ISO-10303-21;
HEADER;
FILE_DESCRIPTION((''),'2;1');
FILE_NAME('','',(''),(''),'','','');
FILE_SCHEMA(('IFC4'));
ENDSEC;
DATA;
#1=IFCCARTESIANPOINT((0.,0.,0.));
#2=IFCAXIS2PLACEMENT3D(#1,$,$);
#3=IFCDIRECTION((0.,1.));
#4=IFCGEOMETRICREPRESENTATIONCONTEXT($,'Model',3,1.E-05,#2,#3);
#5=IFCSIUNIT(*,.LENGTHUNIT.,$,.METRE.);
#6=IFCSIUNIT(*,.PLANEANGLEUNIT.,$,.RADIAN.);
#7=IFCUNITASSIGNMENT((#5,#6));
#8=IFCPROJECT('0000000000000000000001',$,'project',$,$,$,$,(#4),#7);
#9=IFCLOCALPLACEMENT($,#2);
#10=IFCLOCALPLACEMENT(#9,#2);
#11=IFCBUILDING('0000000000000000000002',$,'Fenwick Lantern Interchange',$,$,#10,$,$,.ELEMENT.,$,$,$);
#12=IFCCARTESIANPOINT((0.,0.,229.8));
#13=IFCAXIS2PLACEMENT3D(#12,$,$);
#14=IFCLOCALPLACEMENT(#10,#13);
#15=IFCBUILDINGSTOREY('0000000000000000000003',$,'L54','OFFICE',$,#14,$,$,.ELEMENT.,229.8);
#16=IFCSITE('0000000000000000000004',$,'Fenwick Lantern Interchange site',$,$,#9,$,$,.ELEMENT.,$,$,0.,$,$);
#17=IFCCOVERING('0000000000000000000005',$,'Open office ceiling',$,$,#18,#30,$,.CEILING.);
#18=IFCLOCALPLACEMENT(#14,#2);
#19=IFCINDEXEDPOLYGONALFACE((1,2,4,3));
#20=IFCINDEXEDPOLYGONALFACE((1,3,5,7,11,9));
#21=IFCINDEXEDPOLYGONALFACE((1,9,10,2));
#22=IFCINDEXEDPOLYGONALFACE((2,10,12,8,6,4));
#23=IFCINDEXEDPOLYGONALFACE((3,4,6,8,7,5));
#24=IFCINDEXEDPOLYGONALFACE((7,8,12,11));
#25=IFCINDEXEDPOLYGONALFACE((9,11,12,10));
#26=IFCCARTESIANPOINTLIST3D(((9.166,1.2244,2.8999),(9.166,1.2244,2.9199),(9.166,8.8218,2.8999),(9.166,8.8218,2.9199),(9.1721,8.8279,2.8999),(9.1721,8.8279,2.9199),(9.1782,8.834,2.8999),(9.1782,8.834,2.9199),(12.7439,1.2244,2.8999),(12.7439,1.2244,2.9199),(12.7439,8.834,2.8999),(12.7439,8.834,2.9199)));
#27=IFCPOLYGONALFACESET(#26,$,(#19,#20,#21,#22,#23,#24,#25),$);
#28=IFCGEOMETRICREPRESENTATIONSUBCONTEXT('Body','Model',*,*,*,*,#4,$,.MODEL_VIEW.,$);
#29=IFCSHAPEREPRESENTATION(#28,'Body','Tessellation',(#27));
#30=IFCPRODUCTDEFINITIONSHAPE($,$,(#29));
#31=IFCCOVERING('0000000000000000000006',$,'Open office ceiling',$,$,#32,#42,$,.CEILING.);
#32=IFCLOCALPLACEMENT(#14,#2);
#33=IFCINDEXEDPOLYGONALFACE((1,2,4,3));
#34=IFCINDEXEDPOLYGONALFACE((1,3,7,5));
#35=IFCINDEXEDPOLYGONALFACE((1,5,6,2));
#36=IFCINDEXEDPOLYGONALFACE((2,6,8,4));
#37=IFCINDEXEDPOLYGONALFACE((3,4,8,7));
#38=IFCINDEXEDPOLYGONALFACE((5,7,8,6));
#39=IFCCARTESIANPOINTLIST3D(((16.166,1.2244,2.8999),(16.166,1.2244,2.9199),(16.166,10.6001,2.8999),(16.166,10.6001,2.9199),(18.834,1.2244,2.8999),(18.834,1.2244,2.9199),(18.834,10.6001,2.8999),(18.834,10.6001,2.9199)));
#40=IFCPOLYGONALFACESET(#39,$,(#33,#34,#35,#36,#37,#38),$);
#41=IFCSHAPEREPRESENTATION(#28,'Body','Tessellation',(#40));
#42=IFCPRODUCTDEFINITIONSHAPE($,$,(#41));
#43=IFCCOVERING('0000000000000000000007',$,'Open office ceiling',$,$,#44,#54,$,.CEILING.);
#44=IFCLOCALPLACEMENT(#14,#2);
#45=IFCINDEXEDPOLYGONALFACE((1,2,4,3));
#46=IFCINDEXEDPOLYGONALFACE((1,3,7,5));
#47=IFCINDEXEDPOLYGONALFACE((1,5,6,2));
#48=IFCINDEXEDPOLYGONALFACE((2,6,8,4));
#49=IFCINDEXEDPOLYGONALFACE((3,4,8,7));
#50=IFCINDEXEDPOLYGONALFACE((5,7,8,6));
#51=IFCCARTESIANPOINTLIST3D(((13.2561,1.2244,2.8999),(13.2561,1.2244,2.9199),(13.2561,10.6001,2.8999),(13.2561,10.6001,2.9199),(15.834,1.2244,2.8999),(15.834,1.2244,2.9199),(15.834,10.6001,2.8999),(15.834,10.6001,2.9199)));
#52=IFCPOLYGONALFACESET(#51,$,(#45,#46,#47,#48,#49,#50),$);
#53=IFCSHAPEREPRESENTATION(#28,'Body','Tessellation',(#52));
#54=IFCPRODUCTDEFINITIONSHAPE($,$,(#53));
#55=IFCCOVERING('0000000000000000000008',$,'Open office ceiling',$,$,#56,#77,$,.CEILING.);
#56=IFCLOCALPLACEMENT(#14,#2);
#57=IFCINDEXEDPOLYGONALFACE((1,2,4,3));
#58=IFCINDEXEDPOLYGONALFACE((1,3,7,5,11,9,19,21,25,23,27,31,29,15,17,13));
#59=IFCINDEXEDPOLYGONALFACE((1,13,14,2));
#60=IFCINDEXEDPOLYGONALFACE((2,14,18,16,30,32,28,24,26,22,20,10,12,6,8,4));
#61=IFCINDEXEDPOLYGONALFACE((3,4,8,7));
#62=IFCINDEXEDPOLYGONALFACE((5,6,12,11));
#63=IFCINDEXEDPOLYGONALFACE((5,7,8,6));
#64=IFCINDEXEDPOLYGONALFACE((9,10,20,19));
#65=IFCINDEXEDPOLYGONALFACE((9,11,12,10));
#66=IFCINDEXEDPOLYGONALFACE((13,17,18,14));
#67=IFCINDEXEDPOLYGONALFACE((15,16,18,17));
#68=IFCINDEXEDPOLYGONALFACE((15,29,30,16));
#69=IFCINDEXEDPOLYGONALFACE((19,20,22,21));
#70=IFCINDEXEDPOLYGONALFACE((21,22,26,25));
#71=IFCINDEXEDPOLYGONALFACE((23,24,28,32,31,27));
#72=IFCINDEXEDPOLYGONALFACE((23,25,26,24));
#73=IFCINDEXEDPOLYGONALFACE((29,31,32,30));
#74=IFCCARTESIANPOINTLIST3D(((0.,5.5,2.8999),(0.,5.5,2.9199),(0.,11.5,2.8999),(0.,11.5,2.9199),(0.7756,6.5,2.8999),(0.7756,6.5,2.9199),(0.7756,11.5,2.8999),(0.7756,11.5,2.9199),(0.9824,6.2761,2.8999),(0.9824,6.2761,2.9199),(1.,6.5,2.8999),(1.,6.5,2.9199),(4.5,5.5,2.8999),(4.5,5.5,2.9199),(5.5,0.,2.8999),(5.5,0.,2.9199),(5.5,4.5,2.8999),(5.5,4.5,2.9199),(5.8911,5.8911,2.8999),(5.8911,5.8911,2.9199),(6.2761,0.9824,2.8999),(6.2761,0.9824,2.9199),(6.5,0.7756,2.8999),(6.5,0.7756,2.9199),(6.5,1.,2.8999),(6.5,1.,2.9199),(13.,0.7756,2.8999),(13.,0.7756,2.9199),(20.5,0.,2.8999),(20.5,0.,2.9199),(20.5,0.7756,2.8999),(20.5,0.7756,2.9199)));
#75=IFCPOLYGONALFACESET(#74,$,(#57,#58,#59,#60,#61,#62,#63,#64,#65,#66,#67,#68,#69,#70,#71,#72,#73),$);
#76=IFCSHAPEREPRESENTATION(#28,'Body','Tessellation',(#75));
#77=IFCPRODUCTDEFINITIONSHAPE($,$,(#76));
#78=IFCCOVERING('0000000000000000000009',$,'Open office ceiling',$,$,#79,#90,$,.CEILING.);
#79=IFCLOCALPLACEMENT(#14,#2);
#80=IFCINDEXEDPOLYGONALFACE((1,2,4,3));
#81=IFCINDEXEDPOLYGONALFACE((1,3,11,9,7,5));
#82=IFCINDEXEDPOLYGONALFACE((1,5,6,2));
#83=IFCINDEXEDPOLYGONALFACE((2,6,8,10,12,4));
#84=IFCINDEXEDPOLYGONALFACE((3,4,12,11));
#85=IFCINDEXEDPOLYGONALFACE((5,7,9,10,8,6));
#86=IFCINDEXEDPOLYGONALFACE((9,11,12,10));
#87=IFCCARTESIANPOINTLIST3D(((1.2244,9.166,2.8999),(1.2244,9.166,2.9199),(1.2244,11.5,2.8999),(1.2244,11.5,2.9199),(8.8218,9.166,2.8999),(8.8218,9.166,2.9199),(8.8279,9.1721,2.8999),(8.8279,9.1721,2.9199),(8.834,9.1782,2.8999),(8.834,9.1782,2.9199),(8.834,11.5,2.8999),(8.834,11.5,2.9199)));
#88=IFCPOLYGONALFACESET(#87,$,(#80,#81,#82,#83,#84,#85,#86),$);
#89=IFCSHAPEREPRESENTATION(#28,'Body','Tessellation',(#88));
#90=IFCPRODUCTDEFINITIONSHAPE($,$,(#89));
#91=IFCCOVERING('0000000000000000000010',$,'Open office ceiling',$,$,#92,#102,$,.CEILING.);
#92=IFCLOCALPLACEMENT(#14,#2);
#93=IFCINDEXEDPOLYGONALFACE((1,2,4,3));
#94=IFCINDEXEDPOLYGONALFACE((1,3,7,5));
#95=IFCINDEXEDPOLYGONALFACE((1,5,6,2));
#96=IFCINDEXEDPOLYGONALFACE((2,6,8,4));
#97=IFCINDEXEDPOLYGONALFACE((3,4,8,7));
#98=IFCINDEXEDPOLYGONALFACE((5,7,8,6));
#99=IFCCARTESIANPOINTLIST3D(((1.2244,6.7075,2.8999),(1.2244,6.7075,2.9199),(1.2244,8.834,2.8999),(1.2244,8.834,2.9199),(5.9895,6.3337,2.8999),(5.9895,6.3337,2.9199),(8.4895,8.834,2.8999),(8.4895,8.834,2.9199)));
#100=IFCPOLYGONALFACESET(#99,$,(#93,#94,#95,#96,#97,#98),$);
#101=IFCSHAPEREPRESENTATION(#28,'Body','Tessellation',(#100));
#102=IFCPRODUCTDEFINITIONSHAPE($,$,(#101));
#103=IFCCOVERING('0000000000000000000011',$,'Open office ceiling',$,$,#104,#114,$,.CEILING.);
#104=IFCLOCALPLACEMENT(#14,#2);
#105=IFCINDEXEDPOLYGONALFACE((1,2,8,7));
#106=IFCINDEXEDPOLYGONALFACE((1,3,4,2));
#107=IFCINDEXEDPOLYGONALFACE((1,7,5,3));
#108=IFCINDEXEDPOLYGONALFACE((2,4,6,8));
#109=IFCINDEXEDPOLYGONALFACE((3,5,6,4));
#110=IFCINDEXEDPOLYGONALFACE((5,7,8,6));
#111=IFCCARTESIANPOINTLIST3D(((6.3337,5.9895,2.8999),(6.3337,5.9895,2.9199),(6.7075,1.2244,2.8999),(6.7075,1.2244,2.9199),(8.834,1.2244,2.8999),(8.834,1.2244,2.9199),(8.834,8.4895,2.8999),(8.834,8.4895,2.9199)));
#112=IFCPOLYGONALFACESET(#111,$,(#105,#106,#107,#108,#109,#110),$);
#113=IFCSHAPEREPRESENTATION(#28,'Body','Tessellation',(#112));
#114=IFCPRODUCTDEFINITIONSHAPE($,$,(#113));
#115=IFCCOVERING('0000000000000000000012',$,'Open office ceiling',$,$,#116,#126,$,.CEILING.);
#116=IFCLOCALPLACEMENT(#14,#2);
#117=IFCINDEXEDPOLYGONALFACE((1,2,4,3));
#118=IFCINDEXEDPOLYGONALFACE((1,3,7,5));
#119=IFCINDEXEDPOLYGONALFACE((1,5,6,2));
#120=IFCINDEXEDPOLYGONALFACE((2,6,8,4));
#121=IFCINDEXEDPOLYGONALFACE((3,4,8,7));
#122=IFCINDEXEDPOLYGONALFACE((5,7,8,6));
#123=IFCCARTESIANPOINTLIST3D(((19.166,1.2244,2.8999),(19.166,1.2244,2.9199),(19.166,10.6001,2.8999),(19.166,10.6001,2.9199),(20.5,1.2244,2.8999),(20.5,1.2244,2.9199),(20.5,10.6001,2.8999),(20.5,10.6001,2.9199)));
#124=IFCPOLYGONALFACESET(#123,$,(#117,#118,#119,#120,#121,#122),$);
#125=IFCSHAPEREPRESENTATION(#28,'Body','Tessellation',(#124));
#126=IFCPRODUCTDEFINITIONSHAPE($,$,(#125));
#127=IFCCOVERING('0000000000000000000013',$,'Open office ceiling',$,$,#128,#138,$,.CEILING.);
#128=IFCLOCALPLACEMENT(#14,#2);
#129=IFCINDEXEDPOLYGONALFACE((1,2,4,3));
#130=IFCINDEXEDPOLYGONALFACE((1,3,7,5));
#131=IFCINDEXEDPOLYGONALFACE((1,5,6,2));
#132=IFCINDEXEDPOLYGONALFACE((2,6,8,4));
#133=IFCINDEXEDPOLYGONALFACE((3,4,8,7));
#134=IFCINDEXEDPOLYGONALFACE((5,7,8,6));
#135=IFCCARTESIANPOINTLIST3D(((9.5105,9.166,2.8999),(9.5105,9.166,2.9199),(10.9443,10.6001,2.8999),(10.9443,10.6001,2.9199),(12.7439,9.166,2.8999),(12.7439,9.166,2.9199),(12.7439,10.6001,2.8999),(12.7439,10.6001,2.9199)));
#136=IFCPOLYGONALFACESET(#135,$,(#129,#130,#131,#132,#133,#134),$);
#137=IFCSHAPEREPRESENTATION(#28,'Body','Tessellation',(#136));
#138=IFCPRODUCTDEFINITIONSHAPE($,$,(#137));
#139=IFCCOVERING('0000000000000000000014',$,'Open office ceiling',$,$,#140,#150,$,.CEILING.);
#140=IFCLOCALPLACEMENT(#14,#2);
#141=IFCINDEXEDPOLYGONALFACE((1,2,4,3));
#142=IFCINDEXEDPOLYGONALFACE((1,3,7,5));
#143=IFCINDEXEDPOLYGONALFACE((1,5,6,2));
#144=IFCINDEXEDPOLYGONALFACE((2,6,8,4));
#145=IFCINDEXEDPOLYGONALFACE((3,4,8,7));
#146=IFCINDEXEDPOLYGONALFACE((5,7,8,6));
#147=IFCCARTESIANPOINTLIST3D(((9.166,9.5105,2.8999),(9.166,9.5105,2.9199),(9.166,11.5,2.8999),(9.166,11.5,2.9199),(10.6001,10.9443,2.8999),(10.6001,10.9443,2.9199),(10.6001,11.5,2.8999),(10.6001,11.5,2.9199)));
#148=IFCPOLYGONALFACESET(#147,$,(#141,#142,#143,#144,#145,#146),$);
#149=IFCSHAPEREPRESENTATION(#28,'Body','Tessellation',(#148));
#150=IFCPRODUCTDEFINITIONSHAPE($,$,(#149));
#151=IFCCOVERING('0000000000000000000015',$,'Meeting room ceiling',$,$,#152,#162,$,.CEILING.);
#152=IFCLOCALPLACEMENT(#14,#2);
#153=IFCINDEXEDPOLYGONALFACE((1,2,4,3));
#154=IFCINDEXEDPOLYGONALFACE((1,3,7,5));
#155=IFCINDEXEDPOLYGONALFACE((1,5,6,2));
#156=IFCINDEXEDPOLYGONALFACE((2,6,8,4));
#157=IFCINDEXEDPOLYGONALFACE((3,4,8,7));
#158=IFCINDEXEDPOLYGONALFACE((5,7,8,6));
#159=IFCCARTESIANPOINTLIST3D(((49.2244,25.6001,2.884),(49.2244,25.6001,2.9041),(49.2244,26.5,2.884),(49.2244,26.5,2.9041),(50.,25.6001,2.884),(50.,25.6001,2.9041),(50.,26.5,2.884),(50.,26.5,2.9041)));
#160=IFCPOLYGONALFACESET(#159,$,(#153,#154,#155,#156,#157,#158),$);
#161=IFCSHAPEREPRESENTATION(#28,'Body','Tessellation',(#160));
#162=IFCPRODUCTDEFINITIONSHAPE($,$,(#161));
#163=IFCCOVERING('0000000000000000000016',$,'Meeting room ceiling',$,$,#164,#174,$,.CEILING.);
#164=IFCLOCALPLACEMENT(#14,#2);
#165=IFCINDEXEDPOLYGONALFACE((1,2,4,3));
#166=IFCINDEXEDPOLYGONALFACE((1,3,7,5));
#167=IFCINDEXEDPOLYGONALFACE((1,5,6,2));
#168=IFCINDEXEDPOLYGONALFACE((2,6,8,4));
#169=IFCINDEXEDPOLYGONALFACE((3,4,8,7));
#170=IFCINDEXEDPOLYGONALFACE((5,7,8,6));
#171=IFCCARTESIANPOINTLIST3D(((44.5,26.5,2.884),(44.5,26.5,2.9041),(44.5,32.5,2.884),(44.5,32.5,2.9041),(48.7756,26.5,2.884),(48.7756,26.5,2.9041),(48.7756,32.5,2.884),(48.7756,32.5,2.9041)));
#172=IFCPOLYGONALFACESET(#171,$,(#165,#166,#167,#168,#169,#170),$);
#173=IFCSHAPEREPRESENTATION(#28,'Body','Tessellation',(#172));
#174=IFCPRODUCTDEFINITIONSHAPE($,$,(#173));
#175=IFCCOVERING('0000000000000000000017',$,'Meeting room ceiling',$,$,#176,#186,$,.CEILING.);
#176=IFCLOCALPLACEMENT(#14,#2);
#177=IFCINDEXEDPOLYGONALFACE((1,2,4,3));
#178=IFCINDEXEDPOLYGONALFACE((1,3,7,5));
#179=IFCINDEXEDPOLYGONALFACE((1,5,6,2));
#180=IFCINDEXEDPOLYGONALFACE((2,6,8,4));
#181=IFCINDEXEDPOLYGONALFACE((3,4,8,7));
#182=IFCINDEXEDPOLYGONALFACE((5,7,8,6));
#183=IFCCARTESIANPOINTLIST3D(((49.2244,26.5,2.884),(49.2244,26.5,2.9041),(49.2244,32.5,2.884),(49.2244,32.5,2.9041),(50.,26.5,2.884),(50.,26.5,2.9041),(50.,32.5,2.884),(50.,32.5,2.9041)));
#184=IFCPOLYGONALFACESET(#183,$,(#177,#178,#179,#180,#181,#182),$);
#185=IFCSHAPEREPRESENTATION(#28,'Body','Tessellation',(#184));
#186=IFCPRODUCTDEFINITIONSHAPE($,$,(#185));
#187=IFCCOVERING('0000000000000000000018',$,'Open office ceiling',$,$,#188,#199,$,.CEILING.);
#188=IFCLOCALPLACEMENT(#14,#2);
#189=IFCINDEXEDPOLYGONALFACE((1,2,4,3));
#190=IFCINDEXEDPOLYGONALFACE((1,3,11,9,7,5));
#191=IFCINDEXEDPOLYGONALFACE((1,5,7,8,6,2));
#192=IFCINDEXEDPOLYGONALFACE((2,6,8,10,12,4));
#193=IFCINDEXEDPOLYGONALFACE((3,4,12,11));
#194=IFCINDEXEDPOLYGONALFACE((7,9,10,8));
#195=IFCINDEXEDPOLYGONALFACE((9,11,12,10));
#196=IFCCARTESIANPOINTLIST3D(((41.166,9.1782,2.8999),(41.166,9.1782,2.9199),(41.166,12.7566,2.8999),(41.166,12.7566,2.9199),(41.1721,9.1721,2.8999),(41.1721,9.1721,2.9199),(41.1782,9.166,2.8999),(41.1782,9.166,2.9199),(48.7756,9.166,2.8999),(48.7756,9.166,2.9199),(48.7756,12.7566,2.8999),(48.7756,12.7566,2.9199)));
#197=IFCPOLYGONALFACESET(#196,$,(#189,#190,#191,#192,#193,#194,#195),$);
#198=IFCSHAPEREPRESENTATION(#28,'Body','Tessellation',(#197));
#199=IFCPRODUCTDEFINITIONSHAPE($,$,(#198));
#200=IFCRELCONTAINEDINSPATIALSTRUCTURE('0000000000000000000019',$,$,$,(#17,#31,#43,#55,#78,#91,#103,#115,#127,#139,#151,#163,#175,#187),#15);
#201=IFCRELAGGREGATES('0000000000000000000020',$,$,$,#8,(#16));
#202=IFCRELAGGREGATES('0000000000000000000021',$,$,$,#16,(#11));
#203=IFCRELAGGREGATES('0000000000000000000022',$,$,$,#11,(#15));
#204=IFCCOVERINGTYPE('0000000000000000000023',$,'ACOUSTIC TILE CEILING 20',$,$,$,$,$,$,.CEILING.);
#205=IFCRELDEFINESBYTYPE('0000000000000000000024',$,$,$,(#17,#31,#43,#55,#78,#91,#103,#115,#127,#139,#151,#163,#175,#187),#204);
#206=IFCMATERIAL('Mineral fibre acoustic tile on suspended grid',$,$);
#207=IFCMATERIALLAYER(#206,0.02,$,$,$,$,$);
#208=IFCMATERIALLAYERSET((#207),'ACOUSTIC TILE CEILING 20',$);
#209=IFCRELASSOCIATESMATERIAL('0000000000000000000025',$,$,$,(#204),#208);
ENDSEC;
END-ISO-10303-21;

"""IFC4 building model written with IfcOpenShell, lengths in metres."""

from ifc_helpers import new_model, si_unit, direction, frame, origin, place, context, subcontext, project, spatial, polyline, outline, extrude, material, layer, layer_set, type_object, element, save


model = new_model("IFC4")

# Units and contexts
model_context = context("Model", 3, precision=1e-05, world=origin(), true_north=direction((0.0, 1.0)))
body_context = subcontext(model_context, "Body", "Model", "MODEL_VIEW")
ifc_project = project(units=[si_unit("LENGTHUNIT", "METRE"), si_unit("PLANEANGLEUNIT", "RADIAN")], contexts=[model_context])

# Site, building, storey
site_placement = place(None, origin())
site = spatial("IfcSite", under=ifc_project, at=site_placement, Name="Fenwick Lantern Interchange site", CompositionType="ELEMENT", RefElevation=0.0)
building_placement = place(site_placement, origin())
building = spatial("IfcBuilding", under=site, at=building_placement, Name="Fenwick Lantern Interchange", CompositionType="ELEMENT")
storey_placement = place(building_placement, frame((0.0, 0.0, 229.8)))
storey = spatial("IfcBuildingStorey", under=building, at=storey_placement, Name="L54", Description="OFFICE", CompositionType="ELEMENT", Elevation=229.8)

# Coverings
ifc_material_1 = material(Name="Mineral fibre acoustic tile on suspended grid")
ifc_layer_1 = layer(ifc_material_1, 0.02)
ifc_layer_set_1 = layer_set([ifc_layer_1], Name="ACOUSTIC TILE CEILING 20")
covering_type_1 = type_object("IfcCoveringType", Name="ACOUSTIC TILE CEILING 20", PredefinedType="CEILING", material=ifc_layer_set_1)
covering_1_placement = place(storey_placement, frame((0.0, 0.0, 2.8999)))
element("IfcCovering", 1, at=covering_1_placement, inside=storey, type_object=covering_type_1, Name="Open office ceiling", PredefinedType="CEILING", context=body_context, shape_type="SweptSolid", body=[
    extrude(outline(polyline([(9.1721, 8.8279), (9.166, 8.8218), (9.166, 1.2244), (12.7439, 1.2244), (12.7439, 8.834), (9.1782, 8.834), (9.1721, 8.8279)])), origin(), (0.0, 0.0, 1.0), 0.02),
])
covering_2_placement = place(storey_placement, frame((0.0, 0.0, 2.8999)))
element("IfcCovering", 2, at=covering_2_placement, inside=storey, type_object=covering_type_1, Name="Open office ceiling", PredefinedType="CEILING", context=body_context, shape_type="SweptSolid", body=[
    extrude(outline(polyline([(18.834, 10.6001), (16.166, 10.6001), (16.166, 1.2244), (18.834, 1.2244), (18.834, 10.6001)])), origin(), (0.0, 0.0, 1.0), 0.02),
])
covering_3_placement = place(storey_placement, frame((0.0, 0.0, 2.8999)))
element("IfcCovering", 3, at=covering_3_placement, inside=storey, type_object=covering_type_1, Name="Open office ceiling", PredefinedType="CEILING", context=body_context, shape_type="SweptSolid", body=[
    extrude(outline(polyline([(15.834, 10.6001), (13.2561, 10.6001), (13.2561, 1.2244), (15.834, 1.2244), (15.834, 10.6001)])), origin(), (0.0, 0.0, 1.0), 0.02),
])
covering_4_placement = place(storey_placement, frame((0.0, 0.0, 2.8999)))
element("IfcCovering", 4, at=covering_4_placement, inside=storey, type_object=covering_type_1, Name="Open office ceiling", PredefinedType="CEILING", context=body_context, shape_type="SweptSolid", body=[
    extrude(outline(polyline([(5.5, 0.0), (20.5, 0.0), (20.5, 0.7756), (13.0, 0.7756), (13.0, 0.7756), (6.5, 0.7756), (6.5, 1.0), (6.2761, 0.9824), (5.8911, 5.8911), (0.9824, 6.2761), (1.0, 6.5), (0.7756, 6.5), (0.7756, 11.5), (0.0, 11.5), (0.0, 5.5), (4.5, 5.5), (5.5, 4.5), (5.5, 0.0)])), origin(), (0.0, 0.0, 1.0), 0.02),
])
covering_5_placement = place(storey_placement, frame((0.0, 0.0, 2.8999)))
element("IfcCovering", 5, at=covering_5_placement, inside=storey, type_object=covering_type_1, Name="Open office ceiling", PredefinedType="CEILING", context=body_context, shape_type="SweptSolid", body=[
    extrude(outline(polyline([(8.834, 11.5), (1.2244, 11.5), (1.2244, 9.166), (8.8218, 9.166), (8.8279, 9.1721), (8.834, 9.1782), (8.834, 11.5)])), origin(), (0.0, 0.0, 1.0), 0.02),
])
covering_6_placement = place(storey_placement, frame((0.0, 0.0, 2.8999)))
element("IfcCovering", 6, at=covering_6_placement, inside=storey, type_object=covering_type_1, Name="Open office ceiling", PredefinedType="CEILING", context=body_context, shape_type="SweptSolid", body=[
    extrude(outline(polyline([(5.9895, 6.3337), (8.4895, 8.834), (1.2244, 8.834), (1.2244, 6.7075), (5.9895, 6.3337)])), origin(), (0.0, 0.0, 1.0), 0.02),
])
covering_7_placement = place(storey_placement, frame((0.0, 0.0, 2.8999)))
element("IfcCovering", 7, at=covering_7_placement, inside=storey, type_object=covering_type_1, Name="Open office ceiling", PredefinedType="CEILING", context=body_context, shape_type="SweptSolid", body=[
    extrude(outline(polyline([(8.834, 1.2244), (8.834, 8.4895), (6.3337, 5.9895), (6.7075, 1.2244), (8.834, 1.2244)])), origin(), (0.0, 0.0, 1.0), 0.02),
])
covering_8_placement = place(storey_placement, frame((0.0, 0.0, 2.8999)))
element("IfcCovering", 8, at=covering_8_placement, inside=storey, type_object=covering_type_1, Name="Open office ceiling", PredefinedType="CEILING", context=body_context, shape_type="SweptSolid", body=[
    extrude(outline(polyline([(20.5, 10.6001), (19.166, 10.6001), (19.166, 1.2244), (20.5, 1.2244), (20.5, 10.6001)])), origin(), (0.0, 0.0, 1.0), 0.02),
])
covering_9_placement = place(storey_placement, frame((0.0, 0.0, 2.8999)))
element("IfcCovering", 9, at=covering_9_placement, inside=storey, type_object=covering_type_1, Name="Open office ceiling", PredefinedType="CEILING", context=body_context, shape_type="SweptSolid", body=[
    extrude(outline(polyline([(12.7439, 10.6001), (10.9443, 10.6001), (9.5105, 9.166), (12.7439, 9.166), (12.7439, 10.6001)])), origin(), (0.0, 0.0, 1.0), 0.02),
])
covering_10_placement = place(storey_placement, frame((0.0, 0.0, 2.8999)))
element("IfcCovering", 10, at=covering_10_placement, inside=storey, type_object=covering_type_1, Name="Open office ceiling", PredefinedType="CEILING", context=body_context, shape_type="SweptSolid", body=[
    extrude(outline(polyline([(10.6001, 11.5), (9.166, 11.5), (9.166, 9.5105), (10.6001, 10.9443), (10.6001, 11.5)])), origin(), (0.0, 0.0, 1.0), 0.02),
])
covering_11_placement = place(storey_placement, frame((0.0, 0.0, 2.884)))
element("IfcCovering", 11, at=covering_11_placement, inside=storey, type_object=covering_type_1, Name="Meeting room ceiling", PredefinedType="CEILING", context=body_context, shape_type="SweptSolid", body=[
    extrude(outline(polyline([(50.0, 26.5), (49.2244, 26.5), (49.2244, 25.6001), (50.0, 25.6001), (50.0, 26.5)])), origin(), (0.0, 0.0, 1.0), 0.02),
])
covering_12_placement = place(storey_placement, frame((0.0, 0.0, 2.884)))
element("IfcCovering", 12, at=covering_12_placement, inside=storey, type_object=covering_type_1, Name="Meeting room ceiling", PredefinedType="CEILING", context=body_context, shape_type="SweptSolid", body=[
    extrude(outline(polyline([(44.5, 26.5), (48.7756, 26.5), (48.7756, 32.5), (44.5, 32.5), (44.5, 26.5)])), origin(), (0.0, 0.0, 1.0), 0.02),
])
covering_13_placement = place(storey_placement, frame((0.0, 0.0, 2.884)))
element("IfcCovering", 13, at=covering_13_placement, inside=storey, type_object=covering_type_1, Name="Meeting room ceiling", PredefinedType="CEILING", context=body_context, shape_type="SweptSolid", body=[
    extrude(outline(polyline([(50.0, 32.5), (49.2244, 32.5), (49.2244, 26.5), (50.0, 26.5), (50.0, 32.5)])), origin(), (0.0, 0.0, 1.0), 0.02),
])
covering_14_placement = place(storey_placement, frame((0.0, 0.0, 2.8999)))
element("IfcCovering", 14, at=covering_14_placement, inside=storey, type_object=covering_type_1, Name="Open office ceiling", PredefinedType="CEILING", context=body_context, shape_type="SweptSolid", body=[
    extrude(outline(polyline([(48.7756, 12.7566), (41.166, 12.7566), (41.166, 9.1782), (41.1721, 9.1721), (41.1782, 9.166), (48.7756, 9.166), (48.7756, 12.7566)])), origin(), (0.0, 0.0, 1.0), 0.02),
])

save(model, "model.ifc")
